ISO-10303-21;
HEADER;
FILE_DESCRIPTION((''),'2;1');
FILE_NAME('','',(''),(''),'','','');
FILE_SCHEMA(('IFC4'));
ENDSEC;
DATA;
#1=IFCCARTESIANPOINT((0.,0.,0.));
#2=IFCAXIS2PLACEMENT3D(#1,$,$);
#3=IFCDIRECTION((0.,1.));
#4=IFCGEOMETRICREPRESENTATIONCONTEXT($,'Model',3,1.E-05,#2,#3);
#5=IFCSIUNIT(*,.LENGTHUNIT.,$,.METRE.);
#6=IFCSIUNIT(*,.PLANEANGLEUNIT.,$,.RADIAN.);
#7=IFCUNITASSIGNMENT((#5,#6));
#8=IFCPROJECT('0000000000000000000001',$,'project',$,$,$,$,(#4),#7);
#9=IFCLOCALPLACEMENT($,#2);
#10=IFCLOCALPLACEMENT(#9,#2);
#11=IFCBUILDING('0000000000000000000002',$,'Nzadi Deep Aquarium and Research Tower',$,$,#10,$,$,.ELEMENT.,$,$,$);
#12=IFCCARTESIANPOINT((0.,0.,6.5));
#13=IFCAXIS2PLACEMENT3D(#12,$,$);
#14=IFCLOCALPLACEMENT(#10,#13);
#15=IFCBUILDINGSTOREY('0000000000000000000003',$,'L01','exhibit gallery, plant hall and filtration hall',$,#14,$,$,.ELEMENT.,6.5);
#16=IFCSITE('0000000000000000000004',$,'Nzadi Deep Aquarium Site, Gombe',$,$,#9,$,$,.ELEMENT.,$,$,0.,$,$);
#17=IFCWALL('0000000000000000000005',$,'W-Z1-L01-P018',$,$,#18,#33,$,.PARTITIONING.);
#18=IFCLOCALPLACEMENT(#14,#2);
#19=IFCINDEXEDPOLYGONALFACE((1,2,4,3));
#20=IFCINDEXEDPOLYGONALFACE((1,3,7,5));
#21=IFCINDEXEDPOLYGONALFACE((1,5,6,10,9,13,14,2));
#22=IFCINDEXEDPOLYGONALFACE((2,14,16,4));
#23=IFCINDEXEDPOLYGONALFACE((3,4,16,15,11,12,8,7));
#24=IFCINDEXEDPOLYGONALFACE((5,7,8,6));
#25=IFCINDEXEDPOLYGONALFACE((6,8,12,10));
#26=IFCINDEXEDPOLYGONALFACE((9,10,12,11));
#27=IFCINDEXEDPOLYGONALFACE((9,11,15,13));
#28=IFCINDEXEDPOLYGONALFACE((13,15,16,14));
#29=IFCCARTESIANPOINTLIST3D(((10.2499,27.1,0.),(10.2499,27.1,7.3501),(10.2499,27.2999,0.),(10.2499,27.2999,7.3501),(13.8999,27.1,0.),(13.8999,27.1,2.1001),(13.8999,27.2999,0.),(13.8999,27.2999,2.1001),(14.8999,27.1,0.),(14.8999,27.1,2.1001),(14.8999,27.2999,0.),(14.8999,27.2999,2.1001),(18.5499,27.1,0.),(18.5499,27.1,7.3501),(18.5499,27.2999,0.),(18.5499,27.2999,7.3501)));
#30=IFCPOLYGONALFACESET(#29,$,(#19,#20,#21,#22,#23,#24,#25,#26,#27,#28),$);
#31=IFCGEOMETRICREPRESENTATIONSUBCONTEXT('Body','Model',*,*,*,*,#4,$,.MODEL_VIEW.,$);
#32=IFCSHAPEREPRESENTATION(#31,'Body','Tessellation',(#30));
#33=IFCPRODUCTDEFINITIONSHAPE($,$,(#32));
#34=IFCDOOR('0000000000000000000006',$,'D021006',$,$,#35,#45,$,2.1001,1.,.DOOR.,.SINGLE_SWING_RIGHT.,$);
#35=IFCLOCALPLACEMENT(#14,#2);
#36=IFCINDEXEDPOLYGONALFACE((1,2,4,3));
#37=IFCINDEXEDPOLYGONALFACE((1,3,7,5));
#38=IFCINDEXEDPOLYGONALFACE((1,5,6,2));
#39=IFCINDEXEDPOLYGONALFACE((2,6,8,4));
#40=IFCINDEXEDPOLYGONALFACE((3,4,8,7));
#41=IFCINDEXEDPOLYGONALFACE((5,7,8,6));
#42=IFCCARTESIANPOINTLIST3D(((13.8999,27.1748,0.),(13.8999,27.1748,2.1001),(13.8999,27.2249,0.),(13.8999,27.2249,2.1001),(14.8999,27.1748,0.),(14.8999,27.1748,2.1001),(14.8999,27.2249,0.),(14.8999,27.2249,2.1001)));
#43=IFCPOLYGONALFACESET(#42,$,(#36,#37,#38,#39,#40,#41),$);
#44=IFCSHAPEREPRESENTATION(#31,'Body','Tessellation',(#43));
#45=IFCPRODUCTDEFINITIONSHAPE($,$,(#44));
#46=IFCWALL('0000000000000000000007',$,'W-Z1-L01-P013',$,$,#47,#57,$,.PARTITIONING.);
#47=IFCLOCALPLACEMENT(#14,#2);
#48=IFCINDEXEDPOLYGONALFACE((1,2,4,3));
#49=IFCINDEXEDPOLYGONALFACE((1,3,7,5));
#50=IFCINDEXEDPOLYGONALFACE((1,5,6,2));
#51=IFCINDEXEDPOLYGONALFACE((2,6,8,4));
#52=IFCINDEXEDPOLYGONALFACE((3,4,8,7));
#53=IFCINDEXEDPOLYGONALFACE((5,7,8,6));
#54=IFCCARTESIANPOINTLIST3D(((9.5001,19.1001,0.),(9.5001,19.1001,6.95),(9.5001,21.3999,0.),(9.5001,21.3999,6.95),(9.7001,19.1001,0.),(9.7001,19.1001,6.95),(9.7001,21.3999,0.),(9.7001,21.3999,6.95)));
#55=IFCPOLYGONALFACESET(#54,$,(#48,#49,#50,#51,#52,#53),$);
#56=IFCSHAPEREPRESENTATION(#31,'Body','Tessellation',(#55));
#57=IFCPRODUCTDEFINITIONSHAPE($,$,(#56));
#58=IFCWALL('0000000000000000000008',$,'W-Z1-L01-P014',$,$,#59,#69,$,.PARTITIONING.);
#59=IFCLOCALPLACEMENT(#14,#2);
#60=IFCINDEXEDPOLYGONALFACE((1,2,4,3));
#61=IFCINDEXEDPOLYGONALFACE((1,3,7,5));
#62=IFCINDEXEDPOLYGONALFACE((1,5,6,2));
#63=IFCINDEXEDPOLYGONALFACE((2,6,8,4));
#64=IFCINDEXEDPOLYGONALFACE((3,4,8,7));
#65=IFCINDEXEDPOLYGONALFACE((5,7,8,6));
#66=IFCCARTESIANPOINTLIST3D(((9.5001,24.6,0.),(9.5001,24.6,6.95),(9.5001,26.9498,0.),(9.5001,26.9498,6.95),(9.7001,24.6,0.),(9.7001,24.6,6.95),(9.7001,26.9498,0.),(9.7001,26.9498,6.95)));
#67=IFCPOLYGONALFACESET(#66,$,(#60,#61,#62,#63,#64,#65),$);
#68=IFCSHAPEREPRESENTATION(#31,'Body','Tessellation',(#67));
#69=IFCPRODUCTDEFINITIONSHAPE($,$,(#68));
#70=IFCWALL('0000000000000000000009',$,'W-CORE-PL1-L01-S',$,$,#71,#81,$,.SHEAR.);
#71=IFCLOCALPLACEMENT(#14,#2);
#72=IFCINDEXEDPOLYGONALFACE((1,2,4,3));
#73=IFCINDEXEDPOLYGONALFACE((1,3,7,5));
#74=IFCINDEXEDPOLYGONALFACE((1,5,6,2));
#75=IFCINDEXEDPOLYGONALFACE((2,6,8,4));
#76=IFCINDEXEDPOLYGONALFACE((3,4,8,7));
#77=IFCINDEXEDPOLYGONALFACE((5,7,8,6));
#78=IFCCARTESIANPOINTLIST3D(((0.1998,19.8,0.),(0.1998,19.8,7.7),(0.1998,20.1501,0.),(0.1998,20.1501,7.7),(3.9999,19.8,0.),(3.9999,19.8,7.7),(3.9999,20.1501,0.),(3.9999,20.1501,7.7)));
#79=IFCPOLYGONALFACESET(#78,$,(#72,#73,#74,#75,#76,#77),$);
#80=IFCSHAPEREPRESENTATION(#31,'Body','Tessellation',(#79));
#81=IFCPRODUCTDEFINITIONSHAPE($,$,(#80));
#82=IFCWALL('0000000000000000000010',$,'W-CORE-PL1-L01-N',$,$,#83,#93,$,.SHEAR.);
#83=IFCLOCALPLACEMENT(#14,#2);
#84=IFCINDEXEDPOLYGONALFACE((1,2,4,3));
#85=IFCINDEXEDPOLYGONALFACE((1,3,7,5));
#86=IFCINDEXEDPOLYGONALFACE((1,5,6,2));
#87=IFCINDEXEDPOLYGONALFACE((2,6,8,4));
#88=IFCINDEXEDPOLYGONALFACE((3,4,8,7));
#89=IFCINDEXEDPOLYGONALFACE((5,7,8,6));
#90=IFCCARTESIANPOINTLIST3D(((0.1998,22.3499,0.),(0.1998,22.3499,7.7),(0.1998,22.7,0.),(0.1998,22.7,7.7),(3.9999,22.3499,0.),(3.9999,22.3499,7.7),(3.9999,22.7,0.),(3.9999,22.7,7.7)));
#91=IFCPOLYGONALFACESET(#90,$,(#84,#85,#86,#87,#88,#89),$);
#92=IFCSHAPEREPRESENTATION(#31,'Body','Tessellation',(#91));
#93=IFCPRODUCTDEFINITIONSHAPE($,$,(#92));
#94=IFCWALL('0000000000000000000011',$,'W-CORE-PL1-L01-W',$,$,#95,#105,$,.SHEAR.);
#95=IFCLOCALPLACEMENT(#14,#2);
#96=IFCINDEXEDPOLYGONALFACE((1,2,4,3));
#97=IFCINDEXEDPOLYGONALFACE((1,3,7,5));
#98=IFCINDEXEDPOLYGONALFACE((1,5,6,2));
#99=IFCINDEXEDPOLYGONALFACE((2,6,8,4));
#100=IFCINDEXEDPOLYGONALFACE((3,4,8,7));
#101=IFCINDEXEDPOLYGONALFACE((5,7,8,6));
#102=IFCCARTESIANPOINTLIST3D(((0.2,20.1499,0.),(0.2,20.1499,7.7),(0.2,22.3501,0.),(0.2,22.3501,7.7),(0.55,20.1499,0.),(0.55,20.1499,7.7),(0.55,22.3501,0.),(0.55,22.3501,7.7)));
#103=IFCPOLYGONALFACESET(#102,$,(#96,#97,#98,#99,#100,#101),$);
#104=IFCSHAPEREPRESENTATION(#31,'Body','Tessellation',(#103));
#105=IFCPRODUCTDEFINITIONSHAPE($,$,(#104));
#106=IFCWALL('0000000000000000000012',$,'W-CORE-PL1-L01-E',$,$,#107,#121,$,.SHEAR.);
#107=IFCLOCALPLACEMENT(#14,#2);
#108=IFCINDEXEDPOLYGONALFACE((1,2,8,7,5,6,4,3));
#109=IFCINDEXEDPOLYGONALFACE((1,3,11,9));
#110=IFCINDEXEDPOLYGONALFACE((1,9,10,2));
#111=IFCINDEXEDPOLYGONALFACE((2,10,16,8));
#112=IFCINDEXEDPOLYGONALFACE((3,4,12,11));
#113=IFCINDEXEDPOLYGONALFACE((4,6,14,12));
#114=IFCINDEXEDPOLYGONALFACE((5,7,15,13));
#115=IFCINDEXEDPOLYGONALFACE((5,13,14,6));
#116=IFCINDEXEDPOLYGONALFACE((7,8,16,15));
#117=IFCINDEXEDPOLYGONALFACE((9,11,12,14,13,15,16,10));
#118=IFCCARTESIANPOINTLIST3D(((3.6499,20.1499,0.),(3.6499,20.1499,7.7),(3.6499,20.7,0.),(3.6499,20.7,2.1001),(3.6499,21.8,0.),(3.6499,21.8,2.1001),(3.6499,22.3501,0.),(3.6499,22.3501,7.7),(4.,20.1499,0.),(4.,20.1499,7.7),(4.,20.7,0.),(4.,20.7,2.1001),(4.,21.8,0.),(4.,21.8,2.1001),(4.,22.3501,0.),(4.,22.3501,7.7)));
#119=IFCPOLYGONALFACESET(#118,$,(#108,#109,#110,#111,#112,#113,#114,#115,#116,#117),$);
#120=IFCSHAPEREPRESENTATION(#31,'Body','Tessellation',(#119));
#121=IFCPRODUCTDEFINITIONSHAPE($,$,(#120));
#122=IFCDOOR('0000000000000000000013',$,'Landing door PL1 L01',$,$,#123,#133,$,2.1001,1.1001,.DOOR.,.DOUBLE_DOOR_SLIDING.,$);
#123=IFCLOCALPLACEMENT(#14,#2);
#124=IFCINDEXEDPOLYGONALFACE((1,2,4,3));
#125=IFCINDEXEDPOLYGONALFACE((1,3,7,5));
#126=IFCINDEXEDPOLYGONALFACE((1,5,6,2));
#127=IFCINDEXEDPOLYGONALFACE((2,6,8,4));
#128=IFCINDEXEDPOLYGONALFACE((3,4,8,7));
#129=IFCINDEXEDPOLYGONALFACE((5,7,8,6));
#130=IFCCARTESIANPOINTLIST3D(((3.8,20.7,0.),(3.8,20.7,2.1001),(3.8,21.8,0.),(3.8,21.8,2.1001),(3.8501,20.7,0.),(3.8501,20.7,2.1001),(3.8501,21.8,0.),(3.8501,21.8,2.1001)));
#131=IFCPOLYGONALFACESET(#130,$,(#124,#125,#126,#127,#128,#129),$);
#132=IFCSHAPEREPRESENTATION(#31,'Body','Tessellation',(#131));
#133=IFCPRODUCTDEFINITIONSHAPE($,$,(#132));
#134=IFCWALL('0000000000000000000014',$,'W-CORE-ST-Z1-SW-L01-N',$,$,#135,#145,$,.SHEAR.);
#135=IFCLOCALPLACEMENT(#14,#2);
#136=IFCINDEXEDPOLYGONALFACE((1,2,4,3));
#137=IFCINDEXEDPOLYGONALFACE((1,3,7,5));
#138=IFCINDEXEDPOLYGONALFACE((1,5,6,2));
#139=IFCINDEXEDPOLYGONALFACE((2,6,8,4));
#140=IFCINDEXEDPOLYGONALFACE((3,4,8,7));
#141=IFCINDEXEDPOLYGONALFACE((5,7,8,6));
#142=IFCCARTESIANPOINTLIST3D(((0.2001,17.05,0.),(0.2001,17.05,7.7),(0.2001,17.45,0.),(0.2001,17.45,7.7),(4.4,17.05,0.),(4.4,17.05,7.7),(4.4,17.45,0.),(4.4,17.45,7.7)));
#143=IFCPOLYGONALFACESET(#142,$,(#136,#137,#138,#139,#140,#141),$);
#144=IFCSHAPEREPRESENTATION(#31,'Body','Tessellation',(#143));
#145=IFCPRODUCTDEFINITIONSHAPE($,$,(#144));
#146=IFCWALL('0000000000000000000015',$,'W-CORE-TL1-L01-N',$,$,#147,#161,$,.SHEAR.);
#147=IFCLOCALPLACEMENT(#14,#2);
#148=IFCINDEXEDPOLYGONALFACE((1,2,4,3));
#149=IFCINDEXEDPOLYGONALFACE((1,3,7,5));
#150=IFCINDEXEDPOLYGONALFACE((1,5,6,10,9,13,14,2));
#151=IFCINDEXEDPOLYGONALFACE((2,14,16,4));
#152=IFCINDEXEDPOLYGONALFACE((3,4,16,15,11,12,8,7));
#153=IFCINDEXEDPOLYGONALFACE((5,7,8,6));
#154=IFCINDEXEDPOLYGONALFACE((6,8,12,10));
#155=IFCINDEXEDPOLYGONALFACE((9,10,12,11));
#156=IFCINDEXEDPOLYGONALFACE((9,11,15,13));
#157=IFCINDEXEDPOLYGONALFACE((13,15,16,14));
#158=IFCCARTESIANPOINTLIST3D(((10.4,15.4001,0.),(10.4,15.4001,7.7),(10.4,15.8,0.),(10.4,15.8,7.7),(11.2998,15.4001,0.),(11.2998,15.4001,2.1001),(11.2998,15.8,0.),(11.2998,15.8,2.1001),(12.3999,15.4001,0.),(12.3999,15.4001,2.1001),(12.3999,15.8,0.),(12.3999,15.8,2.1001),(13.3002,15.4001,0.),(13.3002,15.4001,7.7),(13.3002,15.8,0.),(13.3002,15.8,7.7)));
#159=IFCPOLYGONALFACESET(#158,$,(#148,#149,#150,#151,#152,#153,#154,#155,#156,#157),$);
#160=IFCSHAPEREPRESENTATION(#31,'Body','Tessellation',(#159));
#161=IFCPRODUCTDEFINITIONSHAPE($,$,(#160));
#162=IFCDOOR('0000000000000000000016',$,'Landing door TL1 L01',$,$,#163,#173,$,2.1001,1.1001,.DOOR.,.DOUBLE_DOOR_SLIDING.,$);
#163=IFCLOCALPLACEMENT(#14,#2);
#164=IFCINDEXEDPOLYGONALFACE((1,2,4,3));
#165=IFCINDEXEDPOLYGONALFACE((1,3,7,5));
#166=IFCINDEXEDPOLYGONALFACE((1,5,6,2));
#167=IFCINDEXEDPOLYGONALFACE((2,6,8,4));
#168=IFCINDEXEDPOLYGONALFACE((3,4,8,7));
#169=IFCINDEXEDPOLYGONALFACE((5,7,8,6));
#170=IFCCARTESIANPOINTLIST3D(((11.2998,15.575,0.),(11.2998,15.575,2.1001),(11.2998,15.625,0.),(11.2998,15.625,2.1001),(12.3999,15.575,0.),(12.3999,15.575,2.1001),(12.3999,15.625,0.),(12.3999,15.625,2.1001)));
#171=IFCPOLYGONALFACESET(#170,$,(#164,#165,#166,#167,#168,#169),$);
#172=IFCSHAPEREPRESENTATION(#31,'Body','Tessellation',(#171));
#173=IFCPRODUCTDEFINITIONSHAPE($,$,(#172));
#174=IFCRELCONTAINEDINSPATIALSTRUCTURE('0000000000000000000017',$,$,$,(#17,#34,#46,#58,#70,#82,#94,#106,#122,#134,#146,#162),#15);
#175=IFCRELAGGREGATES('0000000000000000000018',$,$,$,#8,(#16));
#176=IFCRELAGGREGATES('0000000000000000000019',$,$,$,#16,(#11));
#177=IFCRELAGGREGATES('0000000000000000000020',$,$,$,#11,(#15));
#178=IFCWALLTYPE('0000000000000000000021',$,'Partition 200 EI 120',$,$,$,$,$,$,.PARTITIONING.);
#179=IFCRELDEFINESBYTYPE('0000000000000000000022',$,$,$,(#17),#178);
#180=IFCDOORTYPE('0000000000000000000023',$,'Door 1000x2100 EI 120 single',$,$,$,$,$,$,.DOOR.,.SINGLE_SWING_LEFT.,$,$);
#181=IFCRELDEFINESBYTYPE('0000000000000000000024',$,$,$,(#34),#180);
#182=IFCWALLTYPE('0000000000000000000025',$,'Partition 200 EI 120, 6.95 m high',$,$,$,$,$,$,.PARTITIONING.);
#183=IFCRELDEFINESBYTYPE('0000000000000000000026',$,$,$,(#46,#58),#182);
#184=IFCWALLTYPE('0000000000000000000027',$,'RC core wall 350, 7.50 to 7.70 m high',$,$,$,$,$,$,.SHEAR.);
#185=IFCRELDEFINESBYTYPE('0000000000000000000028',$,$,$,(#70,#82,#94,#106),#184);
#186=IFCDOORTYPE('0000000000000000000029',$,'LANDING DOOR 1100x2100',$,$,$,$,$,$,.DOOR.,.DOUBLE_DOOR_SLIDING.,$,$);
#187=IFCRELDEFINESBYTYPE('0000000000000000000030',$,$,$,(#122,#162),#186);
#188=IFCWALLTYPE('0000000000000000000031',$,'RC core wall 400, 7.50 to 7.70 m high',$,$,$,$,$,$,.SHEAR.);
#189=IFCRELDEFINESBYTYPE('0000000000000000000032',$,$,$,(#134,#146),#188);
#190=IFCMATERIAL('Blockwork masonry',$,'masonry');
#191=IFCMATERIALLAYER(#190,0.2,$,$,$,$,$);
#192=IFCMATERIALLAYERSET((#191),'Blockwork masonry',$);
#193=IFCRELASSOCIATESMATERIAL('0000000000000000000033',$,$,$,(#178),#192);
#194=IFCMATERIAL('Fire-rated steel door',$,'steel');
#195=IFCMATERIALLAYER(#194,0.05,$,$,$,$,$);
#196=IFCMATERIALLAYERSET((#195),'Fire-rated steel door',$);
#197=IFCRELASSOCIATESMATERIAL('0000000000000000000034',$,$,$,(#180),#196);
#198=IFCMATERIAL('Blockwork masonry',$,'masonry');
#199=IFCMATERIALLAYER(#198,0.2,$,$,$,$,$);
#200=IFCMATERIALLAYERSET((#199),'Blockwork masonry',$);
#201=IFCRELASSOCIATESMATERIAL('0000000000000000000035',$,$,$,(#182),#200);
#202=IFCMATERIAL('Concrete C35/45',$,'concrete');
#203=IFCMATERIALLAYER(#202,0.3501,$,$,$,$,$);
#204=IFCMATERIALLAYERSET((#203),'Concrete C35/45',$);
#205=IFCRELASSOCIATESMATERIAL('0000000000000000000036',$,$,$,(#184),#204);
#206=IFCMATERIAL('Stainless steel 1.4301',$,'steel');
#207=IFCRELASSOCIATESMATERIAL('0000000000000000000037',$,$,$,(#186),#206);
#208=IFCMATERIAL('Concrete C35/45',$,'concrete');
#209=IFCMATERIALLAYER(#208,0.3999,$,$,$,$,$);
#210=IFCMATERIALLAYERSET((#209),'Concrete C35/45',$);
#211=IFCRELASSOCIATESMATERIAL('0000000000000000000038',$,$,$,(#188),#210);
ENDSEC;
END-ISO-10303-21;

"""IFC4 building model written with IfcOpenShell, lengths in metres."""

from ifc_helpers import new_model, si_unit, direction, frame, frame_2d, origin, place, context, subcontext, project, spatial, rectangle, extrude, material, layer, layer_set, type_object, element, fill, save


model = new_model("IFC4")

# Units and contexts
model_context = context("Model", 3, precision=1e-05, world=origin(), true_north=direction((0.0, 1.0)))
body_context = subcontext(model_context, "Body", "Model", "MODEL_VIEW")
ifc_project = project(units=[si_unit("LENGTHUNIT", "METRE"), si_unit("PLANEANGLEUNIT", "RADIAN")], contexts=[model_context])

# Site, building, storey
site_placement = place(None, origin())
site = spatial("IfcSite", under=ifc_project, at=site_placement, Name="Nzadi Deep Aquarium Site, Gombe", CompositionType="ELEMENT", RefElevation=0.0)
building_placement = place(site_placement, origin())
building = spatial("IfcBuilding", under=site, at=building_placement, Name="Nzadi Deep Aquarium and Research Tower", CompositionType="ELEMENT")
storey_placement = place(building_placement, frame((0.0, 0.0, 6.5)))
storey = spatial("IfcBuildingStorey", under=building, at=storey_placement, Name="L01", Description="exhibit gallery, plant hall and filtration hall", CompositionType="ELEMENT", Elevation=6.5)

# Shared definitions
ifc_material_1 = material(Name="Blockwork masonry", Category="masonry")
ifc_layer_1 = layer(ifc_material_1, 0.2)
ifc_layer_set_1 = layer_set([ifc_layer_1], Name="Blockwork masonry")
wall_type_1 = type_object("IfcWallType", Name="Partition 200 EI 120", PredefinedType="PARTITIONING", material=ifc_layer_set_1)

# Shared definitions
ifc_material_2 = material(Name="Fire-rated steel door", Category="steel")
ifc_layer_2 = layer(ifc_material_2, 0.05)
ifc_layer_set_2 = layer_set([ifc_layer_2], Name="Fire-rated steel door")
door_type_1 = type_object("IfcDoorType", Name="Door 1000x2100 EI 120 single", OperationType="SINGLE_SWING_LEFT", PredefinedType="DOOR", material=ifc_layer_set_2)

# Wall, opening, door
wall_1_placement = place(storey_placement, frame((10.25, 27.2, 0.0), z_axis=(0.0, 0.0, 1.0), x_axis=(1.0, 0.0, 0.0)))
wall_1 = element("IfcWall", 1, at=wall_1_placement, inside=storey, type_object=wall_type_1, Name="W-Z1-L01-P018", PredefinedType="PARTITIONING", context=body_context, shape_type="SweptSolid", body=[
    extrude(rectangle(XDim=8.3, YDim=0.2, at=frame_2d((4.1499, 0.0))), origin(), (0.0, 0.0, 1.0), 7.3501),
])
opening_1_placement = place(wall_1_placement, frame((3.6499, 0.0, 0.0)))
opening_1 = element("IfcOpeningElement", 2, at=opening_1_placement, cuts=wall_1, PredefinedType="OPENING", context=body_context, shape_type="SweptSolid", body=[
    extrude(rectangle(XDim=1.0, YDim=2.1001, at=frame_2d((0.5, 1.05))), frame((0.0, 0.1101, 0.0), z_axis=(0.0, -1.0, 0.0), x_axis=(1.0, 0.0, 0.0)), (0.0, 0.0, 1.0), 0.2202),
])
door_1_placement = place(opening_1_placement, origin())
door_1 = element("IfcDoor", 3, at=door_1_placement, inside=storey, type_object=door_type_1, Name="D021006", OperationType="SINGLE_SWING_RIGHT", OverallHeight=2.1001, OverallWidth=1.0, PredefinedType="DOOR", context=body_context, shape_type="SweptSolid", body=[
    extrude(rectangle(XDim=1.0, YDim=2.1001, at=frame_2d((0.5, 1.05))), frame((0.0, 0.0249, 0.0), z_axis=(0.0, -1.0, 0.0), x_axis=(1.0, 0.0, 0.0)), (0.0, 0.0, 1.0), 0.05),
])
fill(opening_1, door_1)

# Walls
ifc_material_3 = material(Name="Blockwork masonry", Category="masonry")
ifc_layer_3 = layer(ifc_material_3, 0.2)
ifc_layer_set_3 = layer_set([ifc_layer_3], Name="Blockwork masonry")
wall_type_2 = type_object("IfcWallType", Name="Partition 200 EI 120, 6.95 m high", PredefinedType="PARTITIONING", material=ifc_layer_set_3)
wall_2_placement = place(storey_placement, frame((9.6001, 19.1001, 0.0), z_axis=(0.0, 0.0, 1.0), x_axis=(0.0, 1.0, 0.0)))
element("IfcWall", 4, at=wall_2_placement, inside=storey, type_object=wall_type_2, Name="W-Z1-L01-P013", PredefinedType="PARTITIONING", context=body_context, shape_type="SweptSolid", body=[
    extrude(rectangle(XDim=2.2998, YDim=0.2, at=frame_2d((1.1499, 0.0))), origin(), (0.0, 0.0, 1.0), 6.95),
])
wall_3_placement = place(storey_placement, frame((9.6001, 24.6001, 0.0), z_axis=(0.0, 0.0, 1.0), x_axis=(0.0, 1.0, 0.0)))
element("IfcWall", 5, at=wall_3_placement, inside=storey, type_object=wall_type_2, Name="W-Z1-L01-P014", PredefinedType="PARTITIONING", context=body_context, shape_type="SweptSolid", body=[
    extrude(rectangle(XDim=2.3499, YDim=0.2, at=frame_2d((1.1748, 0.0))), origin(), (0.0, 0.0, 1.0), 6.95),
])
ifc_material_4 = material(Name="Concrete C35/45", Category="concrete")
ifc_layer_4 = layer(ifc_material_4, 0.3501)
ifc_layer_set_4 = layer_set([ifc_layer_4], Name="Concrete C35/45")
wall_type_3 = type_object("IfcWallType", Name="RC core wall 350, 7.50 to 7.70 m high", PredefinedType="SHEAR", material=ifc_layer_set_4)
for number, where, z_axis, x_axis, name in (
    (6, (0.2, 19.9751, 0.0), (0.0, 0.0, 1.0), (1.0, 0.0, 0.0), "W-CORE-PL1-L01-S"),
    (7, (0.2, 22.5249, 0.0), (0.0, 0.0, 1.0), (1.0, 0.0, 0.0), "W-CORE-PL1-L01-N"),
):
    element("IfcWall", number, at=place(storey_placement, frame(where, z_axis=z_axis, x_axis=x_axis)), inside=storey, type_object=wall_type_3, Name=name, PredefinedType="SHEAR", context=body_context, shape_type="SweptSolid", body=[
        extrude(rectangle(XDim=3.8, YDim=0.3501, at=frame_2d((1.8999, 0.0))), origin(), (0.0, 0.0, 1.0), 7.7),
    ])
wall_4_placement = place(storey_placement, frame((0.375, 20.1499, 0.0), z_axis=(0.0, 0.0, 1.0), x_axis=(0.0, 1.0, 0.0)))
element("IfcWall", 8, at=wall_4_placement, inside=storey, type_object=wall_type_3, Name="W-CORE-PL1-L01-W", PredefinedType="SHEAR", context=body_context, shape_type="SweptSolid", body=[
    extrude(rectangle(XDim=2.2002, YDim=0.3501, at=frame_2d((1.1001, 0.0))), origin(), (0.0, 0.0, 1.0), 7.7),
])

# Wall, opening, door
wall_5_placement = place(storey_placement, frame((3.825, 20.1499, 0.0), z_axis=(0.0, 0.0, 1.0), x_axis=(0.0, 1.0, 0.0)))
wall_5 = element("IfcWall", 9, at=wall_5_placement, inside=storey, type_object=wall_type_3, Name="W-CORE-PL1-L01-E", PredefinedType="SHEAR", context=body_context, shape_type="SweptSolid", body=[
    extrude(rectangle(XDim=2.2002, YDim=0.3501, at=frame_2d((1.1001, 0.0))), origin(), (0.0, 0.0, 1.0), 7.7),
])
opening_2_placement = place(wall_5_placement, frame((0.55, 0.0, 0.0)))
opening_2 = element("IfcOpeningElement", 10, at=opening_2_placement, cuts=wall_5, PredefinedType="OPENING", context=body_context, shape_type="SweptSolid", body=[
    extrude(rectangle(XDim=1.1001, YDim=2.1001, at=frame_2d((0.55, 1.05))), frame((0.0, 0.1851, 0.0), z_axis=(0.0, -1.0, 0.0), x_axis=(1.0, 0.0, 0.0)), (0.0, 0.0, 1.0), 0.3701),
])
ifc_material_5 = material(Name="Stainless steel 1.4301", Category="steel")
door_type_2 = type_object("IfcDoorType", Name="LANDING DOOR 1100x2100", OperationType="DOUBLE_DOOR_SLIDING", PredefinedType="DOOR", material=ifc_material_5)
door_2_placement = place(opening_2_placement, origin())
door_2 = element("IfcDoor", 11, at=door_2_placement, inside=storey, type_object=door_type_2, Name="Landing door PL1 L01", OperationType="DOUBLE_DOOR_SLIDING", OverallHeight=2.1001, OverallWidth=1.1001, PredefinedType="DOOR", context=body_context, shape_type="SweptSolid", body=[
    extrude(rectangle(XDim=1.1001, YDim=2.1001, at=frame_2d((0.55, 1.05))), frame((0.0, 0.0249, 0.0), z_axis=(0.0, -1.0, 0.0), x_axis=(1.0, 0.0, 0.0)), (0.0, 0.0, 1.0), 0.05),
])
fill(opening_2, door_2)

# Wall
ifc_material_6 = material(Name="Concrete C35/45", Category="concrete")
ifc_layer_5 = layer(ifc_material_6, 0.3999)
ifc_layer_set_5 = layer_set([ifc_layer_5], Name="Concrete C35/45")
wall_type_4 = type_object("IfcWallType", Name="RC core wall 400, 7.50 to 7.70 m high", PredefinedType="SHEAR", material=ifc_layer_set_5)
wall_6_placement = place(storey_placement, frame((0.2, 17.25, 0.0), z_axis=(0.0, 0.0, 1.0), x_axis=(1.0, 0.0, 0.0)))
element("IfcWall", 12, at=wall_6_placement, inside=storey, type_object=wall_type_4, Name="W-CORE-ST-Z1-SW-L01-N", PredefinedType="SHEAR", context=body_context, shape_type="SweptSolid", body=[
    extrude(rectangle(XDim=4.2, YDim=0.3999, at=frame_2d((2.1001, 0.0))), origin(), (0.0, 0.0, 1.0), 7.7),
])

# Wall, opening, door
wall_7_placement = place(storey_placement, frame((10.3999, 15.6001, 0.0), z_axis=(0.0, 0.0, 1.0), x_axis=(1.0, 0.0, 0.0)))
wall_7 = element("IfcWall", 13, at=wall_7_placement, inside=storey, type_object=wall_type_4, Name="W-CORE-TL1-L01-N", PredefinedType="SHEAR", context=body_context, shape_type="SweptSolid", body=[
    extrude(rectangle(XDim=2.9001, YDim=0.3999, at=frame_2d((1.4502, 0.0))), origin(), (0.0, 0.0, 1.0), 7.7),
])
opening_3_placement = place(wall_7_placement, frame((0.8999, 0.0, 0.0)))
opening_3 = element("IfcOpeningElement", 14, at=opening_3_placement, cuts=wall_7, PredefinedType="OPENING", context=body_context, shape_type="SweptSolid", body=[
    extrude(rectangle(XDim=1.1001, YDim=2.1001, at=frame_2d((0.55, 1.05))), frame((0.0, 0.21, 0.0), z_axis=(0.0, -1.0, 0.0), x_axis=(1.0, 0.0, 0.0)), (0.0, 0.0, 1.0), 0.4199),
])
door_3_placement = place(opening_3_placement, origin())
door_3 = element("IfcDoor", 15, at=door_3_placement, inside=storey, type_object=door_type_2, Name="Landing door TL1 L01", OperationType="DOUBLE_DOOR_SLIDING", OverallHeight=2.1001, OverallWidth=1.1001, PredefinedType="DOOR", context=body_context, shape_type="SweptSolid", body=[
    extrude(rectangle(XDim=1.1001, YDim=2.1001, at=frame_2d((0.55, 1.05))), frame((0.0, 0.0249, 0.0), z_axis=(0.0, -1.0, 0.0), x_axis=(1.0, 0.0, 0.0)), (0.0, 0.0, 1.0), 0.05),
])
fill(opening_3, door_3)

save(model, "model.ifc")
